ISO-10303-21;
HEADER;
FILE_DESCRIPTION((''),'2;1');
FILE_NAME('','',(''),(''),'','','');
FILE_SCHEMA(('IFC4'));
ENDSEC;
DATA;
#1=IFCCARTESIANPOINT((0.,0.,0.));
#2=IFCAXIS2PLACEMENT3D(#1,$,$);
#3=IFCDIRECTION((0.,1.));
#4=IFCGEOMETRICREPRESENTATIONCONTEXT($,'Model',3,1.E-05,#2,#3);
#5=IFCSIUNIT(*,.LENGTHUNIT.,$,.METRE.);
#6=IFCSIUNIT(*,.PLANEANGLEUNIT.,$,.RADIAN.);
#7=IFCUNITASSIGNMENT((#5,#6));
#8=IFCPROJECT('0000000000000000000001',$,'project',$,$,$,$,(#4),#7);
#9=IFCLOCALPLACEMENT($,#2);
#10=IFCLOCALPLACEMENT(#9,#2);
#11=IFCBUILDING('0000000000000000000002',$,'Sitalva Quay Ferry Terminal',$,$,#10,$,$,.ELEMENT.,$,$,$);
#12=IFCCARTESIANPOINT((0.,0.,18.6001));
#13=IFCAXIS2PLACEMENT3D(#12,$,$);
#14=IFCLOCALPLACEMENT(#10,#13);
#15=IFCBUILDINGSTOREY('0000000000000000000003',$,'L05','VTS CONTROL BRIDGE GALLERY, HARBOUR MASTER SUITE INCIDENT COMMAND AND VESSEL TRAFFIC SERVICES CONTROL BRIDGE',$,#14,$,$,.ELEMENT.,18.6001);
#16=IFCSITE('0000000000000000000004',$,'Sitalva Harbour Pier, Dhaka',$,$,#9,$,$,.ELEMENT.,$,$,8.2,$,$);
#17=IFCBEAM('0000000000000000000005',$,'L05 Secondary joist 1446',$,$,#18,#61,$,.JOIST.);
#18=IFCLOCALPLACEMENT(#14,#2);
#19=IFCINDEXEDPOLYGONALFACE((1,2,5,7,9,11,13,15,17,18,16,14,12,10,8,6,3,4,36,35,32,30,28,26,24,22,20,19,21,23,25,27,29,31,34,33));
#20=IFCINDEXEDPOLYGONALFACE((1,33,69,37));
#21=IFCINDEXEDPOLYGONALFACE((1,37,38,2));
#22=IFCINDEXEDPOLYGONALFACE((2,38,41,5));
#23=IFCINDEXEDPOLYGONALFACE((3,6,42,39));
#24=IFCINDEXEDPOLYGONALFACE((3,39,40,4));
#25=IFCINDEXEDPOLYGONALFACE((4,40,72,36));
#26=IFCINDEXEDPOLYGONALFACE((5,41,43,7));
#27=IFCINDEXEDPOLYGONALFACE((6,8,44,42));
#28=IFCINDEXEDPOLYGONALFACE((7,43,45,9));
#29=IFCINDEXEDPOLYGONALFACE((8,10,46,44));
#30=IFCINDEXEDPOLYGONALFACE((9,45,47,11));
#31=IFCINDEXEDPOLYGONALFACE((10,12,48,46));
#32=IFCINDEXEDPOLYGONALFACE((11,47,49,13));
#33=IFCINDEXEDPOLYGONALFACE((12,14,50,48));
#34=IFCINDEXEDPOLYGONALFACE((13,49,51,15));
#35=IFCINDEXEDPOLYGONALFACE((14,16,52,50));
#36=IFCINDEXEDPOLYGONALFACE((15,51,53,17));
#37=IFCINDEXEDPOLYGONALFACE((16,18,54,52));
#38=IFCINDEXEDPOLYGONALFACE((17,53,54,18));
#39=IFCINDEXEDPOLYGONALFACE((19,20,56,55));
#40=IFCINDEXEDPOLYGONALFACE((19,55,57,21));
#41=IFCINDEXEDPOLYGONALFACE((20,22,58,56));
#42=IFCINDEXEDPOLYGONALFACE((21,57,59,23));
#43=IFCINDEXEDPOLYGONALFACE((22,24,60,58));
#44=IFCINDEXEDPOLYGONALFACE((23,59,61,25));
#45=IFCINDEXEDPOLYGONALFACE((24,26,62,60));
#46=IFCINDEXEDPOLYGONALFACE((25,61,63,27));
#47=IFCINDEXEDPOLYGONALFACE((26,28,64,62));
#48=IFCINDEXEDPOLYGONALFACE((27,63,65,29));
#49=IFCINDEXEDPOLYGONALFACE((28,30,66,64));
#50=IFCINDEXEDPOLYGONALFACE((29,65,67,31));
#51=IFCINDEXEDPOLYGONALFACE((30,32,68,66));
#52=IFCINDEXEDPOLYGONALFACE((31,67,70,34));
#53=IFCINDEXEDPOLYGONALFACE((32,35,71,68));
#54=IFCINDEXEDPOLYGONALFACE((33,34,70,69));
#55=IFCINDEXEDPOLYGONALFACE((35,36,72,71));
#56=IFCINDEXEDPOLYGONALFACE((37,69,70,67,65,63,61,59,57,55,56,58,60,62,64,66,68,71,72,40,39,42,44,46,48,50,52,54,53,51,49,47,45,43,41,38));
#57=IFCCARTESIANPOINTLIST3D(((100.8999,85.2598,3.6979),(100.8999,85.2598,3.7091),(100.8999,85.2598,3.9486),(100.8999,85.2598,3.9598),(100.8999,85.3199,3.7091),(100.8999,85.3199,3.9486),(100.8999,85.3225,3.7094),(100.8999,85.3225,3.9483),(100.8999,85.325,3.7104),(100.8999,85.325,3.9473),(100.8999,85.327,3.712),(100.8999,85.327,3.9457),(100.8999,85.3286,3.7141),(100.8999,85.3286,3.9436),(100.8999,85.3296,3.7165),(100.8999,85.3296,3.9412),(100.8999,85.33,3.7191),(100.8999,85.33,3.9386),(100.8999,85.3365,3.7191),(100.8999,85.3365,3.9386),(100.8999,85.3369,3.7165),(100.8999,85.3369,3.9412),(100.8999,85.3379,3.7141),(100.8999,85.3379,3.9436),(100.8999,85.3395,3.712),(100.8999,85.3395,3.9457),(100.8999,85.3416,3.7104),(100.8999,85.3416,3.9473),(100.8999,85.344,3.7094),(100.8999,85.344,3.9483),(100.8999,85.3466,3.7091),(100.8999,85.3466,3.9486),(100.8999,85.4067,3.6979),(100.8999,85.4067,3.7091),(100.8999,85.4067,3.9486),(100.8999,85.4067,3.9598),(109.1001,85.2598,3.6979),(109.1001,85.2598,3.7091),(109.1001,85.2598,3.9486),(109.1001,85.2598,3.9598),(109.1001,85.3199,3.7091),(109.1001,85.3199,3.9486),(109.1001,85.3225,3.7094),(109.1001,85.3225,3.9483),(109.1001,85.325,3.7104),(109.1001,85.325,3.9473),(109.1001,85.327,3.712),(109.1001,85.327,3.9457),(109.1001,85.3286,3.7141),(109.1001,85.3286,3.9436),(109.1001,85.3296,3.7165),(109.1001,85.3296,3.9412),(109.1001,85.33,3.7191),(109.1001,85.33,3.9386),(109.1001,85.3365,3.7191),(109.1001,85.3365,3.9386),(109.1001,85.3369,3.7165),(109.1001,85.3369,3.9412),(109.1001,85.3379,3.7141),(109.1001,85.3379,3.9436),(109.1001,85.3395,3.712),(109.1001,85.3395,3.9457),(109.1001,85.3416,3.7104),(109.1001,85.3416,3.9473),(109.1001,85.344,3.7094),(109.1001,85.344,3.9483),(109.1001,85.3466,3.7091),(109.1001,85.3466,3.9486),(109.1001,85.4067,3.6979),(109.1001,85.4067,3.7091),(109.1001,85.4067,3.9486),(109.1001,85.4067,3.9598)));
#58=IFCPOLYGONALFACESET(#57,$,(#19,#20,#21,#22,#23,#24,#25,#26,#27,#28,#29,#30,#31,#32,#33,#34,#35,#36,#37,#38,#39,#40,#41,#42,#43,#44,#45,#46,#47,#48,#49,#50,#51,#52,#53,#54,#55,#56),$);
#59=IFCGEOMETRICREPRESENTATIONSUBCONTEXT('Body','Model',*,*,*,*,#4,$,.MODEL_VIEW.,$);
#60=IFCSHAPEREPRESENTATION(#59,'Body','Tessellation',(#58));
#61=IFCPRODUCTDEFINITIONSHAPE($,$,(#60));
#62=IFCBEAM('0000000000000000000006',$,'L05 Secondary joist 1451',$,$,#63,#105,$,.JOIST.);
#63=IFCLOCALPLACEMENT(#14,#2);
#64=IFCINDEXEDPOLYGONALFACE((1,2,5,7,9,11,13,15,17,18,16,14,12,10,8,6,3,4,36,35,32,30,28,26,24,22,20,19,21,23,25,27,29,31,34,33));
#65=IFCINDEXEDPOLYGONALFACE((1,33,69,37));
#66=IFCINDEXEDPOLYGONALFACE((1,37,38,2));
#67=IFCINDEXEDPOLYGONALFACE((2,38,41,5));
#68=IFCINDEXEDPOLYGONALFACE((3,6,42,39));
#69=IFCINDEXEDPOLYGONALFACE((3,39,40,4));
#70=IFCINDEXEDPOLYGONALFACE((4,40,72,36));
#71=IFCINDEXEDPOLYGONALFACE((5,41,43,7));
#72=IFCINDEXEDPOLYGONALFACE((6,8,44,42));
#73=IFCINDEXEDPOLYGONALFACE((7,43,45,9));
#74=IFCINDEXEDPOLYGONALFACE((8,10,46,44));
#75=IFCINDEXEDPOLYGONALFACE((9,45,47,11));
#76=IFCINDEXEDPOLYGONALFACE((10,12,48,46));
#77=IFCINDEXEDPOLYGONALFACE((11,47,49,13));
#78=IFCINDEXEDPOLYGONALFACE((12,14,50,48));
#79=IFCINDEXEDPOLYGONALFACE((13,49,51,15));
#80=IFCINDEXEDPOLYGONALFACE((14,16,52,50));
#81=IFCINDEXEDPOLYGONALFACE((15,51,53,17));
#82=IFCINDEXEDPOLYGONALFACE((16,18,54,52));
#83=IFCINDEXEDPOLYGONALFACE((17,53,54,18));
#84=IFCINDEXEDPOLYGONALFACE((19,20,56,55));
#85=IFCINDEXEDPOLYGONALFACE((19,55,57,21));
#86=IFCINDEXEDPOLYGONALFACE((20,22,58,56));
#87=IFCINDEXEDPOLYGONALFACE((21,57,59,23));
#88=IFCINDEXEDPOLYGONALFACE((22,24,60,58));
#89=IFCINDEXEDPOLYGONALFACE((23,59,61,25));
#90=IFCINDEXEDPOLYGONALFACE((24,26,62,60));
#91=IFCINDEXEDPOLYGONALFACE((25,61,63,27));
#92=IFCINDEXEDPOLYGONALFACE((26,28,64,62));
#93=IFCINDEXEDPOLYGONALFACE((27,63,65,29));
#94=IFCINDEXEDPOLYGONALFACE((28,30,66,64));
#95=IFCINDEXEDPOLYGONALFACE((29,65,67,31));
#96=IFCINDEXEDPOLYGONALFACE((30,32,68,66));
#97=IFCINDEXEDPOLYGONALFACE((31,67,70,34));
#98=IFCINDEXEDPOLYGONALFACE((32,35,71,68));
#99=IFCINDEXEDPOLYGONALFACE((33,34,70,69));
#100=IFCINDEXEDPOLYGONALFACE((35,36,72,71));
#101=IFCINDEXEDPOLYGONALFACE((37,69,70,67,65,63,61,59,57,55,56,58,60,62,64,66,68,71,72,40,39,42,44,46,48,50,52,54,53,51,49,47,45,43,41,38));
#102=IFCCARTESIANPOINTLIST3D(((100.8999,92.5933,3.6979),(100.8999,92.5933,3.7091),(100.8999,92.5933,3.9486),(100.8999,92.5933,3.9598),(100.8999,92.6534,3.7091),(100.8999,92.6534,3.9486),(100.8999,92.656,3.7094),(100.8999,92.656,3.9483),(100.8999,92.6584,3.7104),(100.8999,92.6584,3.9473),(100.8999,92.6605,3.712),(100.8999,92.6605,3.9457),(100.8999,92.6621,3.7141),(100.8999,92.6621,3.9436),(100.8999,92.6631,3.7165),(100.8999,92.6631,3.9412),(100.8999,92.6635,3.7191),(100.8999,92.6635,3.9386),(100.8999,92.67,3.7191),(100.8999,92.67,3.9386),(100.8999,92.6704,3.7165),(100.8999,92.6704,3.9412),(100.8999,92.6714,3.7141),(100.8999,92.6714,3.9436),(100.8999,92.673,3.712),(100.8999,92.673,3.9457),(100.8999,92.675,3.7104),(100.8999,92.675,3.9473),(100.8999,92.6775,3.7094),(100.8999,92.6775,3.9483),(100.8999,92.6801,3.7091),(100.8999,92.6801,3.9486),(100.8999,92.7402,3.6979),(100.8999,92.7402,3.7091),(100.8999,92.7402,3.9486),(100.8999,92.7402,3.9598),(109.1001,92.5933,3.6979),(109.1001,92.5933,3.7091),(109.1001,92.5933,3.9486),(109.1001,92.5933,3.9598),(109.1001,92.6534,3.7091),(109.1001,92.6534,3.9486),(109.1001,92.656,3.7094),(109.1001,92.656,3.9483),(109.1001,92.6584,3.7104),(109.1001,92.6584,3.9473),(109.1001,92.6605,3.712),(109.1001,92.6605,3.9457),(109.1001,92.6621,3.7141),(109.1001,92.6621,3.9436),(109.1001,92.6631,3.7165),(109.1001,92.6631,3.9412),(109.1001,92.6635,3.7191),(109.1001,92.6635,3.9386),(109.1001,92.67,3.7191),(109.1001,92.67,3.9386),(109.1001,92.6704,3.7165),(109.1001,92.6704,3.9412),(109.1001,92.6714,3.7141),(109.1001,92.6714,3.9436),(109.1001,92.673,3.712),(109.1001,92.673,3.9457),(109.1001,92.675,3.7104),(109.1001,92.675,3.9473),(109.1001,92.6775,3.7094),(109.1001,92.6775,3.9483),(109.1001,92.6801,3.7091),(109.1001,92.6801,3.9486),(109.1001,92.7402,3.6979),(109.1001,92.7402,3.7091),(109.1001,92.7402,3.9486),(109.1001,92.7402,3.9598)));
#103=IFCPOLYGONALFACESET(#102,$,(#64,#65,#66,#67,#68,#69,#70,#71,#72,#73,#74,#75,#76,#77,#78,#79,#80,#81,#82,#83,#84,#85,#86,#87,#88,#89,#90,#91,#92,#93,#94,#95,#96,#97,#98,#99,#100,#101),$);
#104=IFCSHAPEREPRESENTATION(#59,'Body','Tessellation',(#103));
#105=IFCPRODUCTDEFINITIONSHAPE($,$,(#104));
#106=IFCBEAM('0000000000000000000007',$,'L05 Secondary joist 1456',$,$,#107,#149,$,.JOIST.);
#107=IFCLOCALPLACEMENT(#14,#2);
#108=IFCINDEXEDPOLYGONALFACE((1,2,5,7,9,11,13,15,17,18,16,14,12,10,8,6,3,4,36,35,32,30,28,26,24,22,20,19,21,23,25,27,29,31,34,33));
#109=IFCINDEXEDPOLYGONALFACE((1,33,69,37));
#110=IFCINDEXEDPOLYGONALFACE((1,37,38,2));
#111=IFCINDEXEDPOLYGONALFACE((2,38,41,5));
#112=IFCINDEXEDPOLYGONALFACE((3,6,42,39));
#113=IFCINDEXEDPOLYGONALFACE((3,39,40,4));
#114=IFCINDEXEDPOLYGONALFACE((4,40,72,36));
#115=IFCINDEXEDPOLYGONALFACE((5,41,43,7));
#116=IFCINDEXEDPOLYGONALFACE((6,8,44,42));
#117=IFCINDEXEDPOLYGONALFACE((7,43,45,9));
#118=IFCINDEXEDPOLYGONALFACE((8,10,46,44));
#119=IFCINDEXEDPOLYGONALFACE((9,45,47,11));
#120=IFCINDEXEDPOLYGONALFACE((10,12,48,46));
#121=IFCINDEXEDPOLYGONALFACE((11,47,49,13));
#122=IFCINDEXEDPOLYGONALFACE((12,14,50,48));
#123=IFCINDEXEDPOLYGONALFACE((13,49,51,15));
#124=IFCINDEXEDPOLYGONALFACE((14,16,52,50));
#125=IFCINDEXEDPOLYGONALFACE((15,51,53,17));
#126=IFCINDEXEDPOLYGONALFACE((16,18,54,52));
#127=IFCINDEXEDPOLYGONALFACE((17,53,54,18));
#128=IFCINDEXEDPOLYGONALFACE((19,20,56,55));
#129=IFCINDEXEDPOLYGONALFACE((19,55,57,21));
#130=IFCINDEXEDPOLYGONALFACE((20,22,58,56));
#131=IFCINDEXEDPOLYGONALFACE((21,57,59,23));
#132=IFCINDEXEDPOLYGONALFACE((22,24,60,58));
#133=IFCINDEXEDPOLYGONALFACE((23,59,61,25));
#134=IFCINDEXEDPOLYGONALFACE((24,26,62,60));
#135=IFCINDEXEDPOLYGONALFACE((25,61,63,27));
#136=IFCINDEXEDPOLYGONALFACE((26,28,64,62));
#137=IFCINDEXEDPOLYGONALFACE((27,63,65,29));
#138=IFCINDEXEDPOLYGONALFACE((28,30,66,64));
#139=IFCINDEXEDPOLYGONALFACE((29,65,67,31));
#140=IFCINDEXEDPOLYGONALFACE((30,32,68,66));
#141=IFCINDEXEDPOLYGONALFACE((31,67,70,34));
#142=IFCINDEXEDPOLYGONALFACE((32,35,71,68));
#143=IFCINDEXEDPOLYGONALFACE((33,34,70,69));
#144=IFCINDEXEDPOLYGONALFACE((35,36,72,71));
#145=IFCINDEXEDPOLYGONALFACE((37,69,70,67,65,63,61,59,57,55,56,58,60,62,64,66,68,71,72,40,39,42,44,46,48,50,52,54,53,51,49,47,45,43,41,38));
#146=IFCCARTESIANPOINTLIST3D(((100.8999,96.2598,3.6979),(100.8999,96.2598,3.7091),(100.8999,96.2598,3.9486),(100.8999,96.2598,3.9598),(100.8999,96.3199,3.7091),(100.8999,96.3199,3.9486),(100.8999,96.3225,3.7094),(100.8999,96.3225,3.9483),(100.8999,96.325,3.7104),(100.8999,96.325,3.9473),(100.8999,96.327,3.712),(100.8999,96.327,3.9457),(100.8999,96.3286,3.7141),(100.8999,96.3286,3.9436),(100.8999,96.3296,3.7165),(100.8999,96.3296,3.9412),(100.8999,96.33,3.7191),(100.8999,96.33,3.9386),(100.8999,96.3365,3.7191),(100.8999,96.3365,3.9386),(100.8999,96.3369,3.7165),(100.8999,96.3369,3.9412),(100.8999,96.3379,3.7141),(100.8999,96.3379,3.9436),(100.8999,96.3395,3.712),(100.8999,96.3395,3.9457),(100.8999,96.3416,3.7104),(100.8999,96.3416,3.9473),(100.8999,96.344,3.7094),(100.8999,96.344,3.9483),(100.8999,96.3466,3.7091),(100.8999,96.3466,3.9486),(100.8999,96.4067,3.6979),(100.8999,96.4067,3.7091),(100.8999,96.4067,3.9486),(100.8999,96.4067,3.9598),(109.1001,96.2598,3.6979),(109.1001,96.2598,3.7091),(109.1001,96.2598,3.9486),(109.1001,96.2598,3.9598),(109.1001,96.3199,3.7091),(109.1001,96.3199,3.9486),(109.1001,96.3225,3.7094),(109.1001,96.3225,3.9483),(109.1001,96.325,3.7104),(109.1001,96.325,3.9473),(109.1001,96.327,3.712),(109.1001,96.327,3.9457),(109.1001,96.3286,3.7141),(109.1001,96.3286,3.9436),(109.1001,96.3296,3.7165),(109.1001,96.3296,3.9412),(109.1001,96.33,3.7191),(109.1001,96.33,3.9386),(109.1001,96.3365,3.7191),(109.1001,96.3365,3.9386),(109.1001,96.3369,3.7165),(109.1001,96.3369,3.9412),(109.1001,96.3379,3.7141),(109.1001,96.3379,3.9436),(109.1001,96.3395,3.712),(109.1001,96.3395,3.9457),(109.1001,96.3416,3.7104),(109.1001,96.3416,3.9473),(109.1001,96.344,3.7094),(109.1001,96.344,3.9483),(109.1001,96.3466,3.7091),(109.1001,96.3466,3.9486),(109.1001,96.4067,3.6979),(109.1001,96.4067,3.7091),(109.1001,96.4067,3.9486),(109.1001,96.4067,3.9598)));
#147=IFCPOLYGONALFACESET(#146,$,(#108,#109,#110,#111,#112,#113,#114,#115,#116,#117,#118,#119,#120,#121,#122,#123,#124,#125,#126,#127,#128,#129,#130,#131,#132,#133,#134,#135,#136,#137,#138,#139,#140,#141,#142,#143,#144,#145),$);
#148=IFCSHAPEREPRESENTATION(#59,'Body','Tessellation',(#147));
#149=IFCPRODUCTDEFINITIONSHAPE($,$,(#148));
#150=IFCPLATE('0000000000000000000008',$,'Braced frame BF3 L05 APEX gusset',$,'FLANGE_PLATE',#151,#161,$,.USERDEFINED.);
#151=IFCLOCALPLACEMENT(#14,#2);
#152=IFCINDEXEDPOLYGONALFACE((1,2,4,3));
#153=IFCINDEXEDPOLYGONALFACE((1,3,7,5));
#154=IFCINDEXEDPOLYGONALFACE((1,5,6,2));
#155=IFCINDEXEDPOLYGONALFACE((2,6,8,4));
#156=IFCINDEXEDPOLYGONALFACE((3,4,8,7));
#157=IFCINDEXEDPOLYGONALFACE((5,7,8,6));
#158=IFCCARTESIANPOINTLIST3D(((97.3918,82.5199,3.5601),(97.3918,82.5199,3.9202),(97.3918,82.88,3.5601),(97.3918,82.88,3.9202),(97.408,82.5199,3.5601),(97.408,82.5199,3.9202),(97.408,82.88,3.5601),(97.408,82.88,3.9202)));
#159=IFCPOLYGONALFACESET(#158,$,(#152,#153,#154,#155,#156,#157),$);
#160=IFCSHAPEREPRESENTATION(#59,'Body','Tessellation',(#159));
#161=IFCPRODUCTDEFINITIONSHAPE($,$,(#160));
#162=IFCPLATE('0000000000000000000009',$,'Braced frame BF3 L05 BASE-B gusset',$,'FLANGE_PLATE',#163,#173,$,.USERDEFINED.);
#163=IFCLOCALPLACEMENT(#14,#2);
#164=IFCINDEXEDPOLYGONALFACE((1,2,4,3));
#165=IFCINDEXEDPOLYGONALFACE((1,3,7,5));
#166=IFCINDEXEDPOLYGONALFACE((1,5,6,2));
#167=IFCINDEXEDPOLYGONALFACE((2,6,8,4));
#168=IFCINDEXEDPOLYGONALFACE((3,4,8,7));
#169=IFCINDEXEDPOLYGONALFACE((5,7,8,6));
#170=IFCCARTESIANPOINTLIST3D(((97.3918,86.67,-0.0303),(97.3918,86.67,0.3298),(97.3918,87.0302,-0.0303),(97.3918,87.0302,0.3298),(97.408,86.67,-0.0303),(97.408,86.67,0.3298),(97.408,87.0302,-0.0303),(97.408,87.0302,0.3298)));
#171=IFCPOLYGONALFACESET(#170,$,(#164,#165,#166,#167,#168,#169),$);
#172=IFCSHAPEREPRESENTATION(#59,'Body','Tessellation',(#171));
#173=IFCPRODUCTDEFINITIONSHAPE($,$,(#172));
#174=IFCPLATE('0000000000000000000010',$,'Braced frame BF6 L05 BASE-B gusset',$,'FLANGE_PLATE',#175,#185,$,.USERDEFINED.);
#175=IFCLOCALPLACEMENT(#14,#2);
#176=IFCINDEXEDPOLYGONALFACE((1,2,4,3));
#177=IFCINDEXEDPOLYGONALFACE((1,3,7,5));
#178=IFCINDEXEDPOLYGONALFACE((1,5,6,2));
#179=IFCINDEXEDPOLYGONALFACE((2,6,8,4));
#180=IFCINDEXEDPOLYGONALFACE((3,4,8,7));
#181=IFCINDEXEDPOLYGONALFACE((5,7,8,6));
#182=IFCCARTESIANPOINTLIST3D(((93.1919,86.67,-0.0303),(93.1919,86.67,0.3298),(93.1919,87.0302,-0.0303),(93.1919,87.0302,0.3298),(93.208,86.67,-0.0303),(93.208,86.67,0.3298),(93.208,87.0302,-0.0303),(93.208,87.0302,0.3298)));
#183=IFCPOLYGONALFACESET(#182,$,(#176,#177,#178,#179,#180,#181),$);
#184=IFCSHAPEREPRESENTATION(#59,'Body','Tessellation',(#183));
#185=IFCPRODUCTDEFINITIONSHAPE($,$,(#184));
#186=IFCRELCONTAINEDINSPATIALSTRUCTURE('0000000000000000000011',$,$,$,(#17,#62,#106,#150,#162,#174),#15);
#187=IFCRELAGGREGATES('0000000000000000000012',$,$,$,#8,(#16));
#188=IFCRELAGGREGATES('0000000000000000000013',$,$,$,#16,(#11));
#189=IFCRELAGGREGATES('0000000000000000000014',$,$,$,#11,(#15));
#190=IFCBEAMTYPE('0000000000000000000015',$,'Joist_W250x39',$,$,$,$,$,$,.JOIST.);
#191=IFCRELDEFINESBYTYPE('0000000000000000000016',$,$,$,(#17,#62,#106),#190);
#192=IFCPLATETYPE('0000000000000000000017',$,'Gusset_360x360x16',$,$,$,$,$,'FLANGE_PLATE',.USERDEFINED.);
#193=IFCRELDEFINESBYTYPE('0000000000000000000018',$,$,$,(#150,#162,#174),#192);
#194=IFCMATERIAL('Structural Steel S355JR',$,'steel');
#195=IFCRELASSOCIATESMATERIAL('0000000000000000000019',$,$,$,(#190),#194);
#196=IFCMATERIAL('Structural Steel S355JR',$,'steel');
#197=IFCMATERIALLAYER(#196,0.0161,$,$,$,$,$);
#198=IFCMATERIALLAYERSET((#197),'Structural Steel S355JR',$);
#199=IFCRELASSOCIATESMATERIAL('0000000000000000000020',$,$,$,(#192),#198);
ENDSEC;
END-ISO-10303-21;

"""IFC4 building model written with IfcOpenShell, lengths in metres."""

from ifc_helpers import new_model, si_unit, direction, frame, origin, origin_2d, place, context, subcontext, project, spatial, rectangle, i_section, extrude, material, layer, layer_set, material_profile, profile_set, type_object, element, save


model = new_model("IFC4")

# Units and contexts
model_context = context("Model", 3, precision=1e-05, world=origin(), true_north=direction((0.0, 1.0)))
body_context = subcontext(model_context, "Body", "Model", "MODEL_VIEW")
ifc_project = project(units=[si_unit("LENGTHUNIT", "METRE"), si_unit("PLANEANGLEUNIT", "RADIAN")], contexts=[model_context])

# Site, building, storey
site_placement = place(None, origin())
site = spatial("IfcSite", under=ifc_project, at=site_placement, Name="Sitalva Harbour Pier, Dhaka", CompositionType="ELEMENT", RefElevation=8.2)
building_placement = place(site_placement, origin())
building = spatial("IfcBuilding", under=site, at=building_placement, Name="Sitalva Quay Ferry Terminal", CompositionType="ELEMENT")
storey_placement = place(building_placement, frame((0.0, 0.0, 18.6001)))
storey = spatial("IfcBuildingStorey", under=building, at=storey_placement, Name="L05", Description="VTS CONTROL BRIDGE GALLERY, HARBOUR MASTER SUITE INCIDENT COMMAND AND VESSEL TRAFFIC SERVICES CONTROL BRIDGE", CompositionType="ELEMENT", Elevation=18.6001)

# Beams
ifc_material_1 = material(Name="Structural Steel S355JR", Category="steel")
ifc_material_profile_1 = material_profile(ifc_material_1, i_section(OverallWidth=0.147, OverallDepth=0.262, WebThickness=0.0066, FlangeThickness=0.0112, FilletRadius=0.01, at=origin_2d()), Name="W250x39")
ifc_profile_set_1 = profile_set([ifc_material_profile_1], Name="Structural Steel S355JR")
beam_type_1 = type_object("IfcBeamType", Name="Joist_W250x39", PredefinedType="JOIST", material=ifc_profile_set_1)
for number, where, z_axis, x_axis, name in (
    (1, (100.8999, 85.3333, 3.8289), (1.0, 0.0, 0.0), (0.0, 1.0, 0.0), "L05 Secondary joist 1446"),
    (2, (100.8999, 92.6667, 3.8289), (1.0, 0.0, 0.0), (0.0, 1.0, 0.0), "L05 Secondary joist 1451"),
    (3, (100.8999, 96.3333, 3.8289), (1.0, 0.0, 0.0), (0.0, 1.0, 0.0), "L05 Secondary joist 1456"),
):
    element("IfcBeam", number, at=place(storey_placement, frame(where, z_axis=z_axis, x_axis=x_axis)), inside=storey, type_object=beam_type_1, Name=name, PredefinedType="JOIST", context=body_context, shape_type="SweptSolid", body=[
        extrude(i_section(OverallWidth=0.147, OverallDepth=0.262, WebThickness=0.0066, FlangeThickness=0.0112, FilletRadius=0.01, at=origin_2d()), origin(), (0.0, 0.0, 1.0), 8.2002),
    ])

# Plates
ifc_material_2 = material(Name="Structural Steel S355JR", Category="steel")
ifc_layer_1 = layer(ifc_material_2, 0.0161)
ifc_layer_set_1 = layer_set([ifc_layer_1], Name="Structural Steel S355JR")
plate_type = type_object("IfcPlateType", Name="Gusset_360x360x16", ElementType="FLANGE_PLATE", PredefinedType="USERDEFINED", material=ifc_layer_set_1)
for number, where, z_axis, x_axis, name in (
    (4, (97.3999, 82.7, 3.5601), (0.0, 0.0, 1.0), (1.0, 0.0, 0.0), "Braced frame BF3 L05 APEX gusset"),
    (5, (97.3999, 86.8501, -0.0303), (0.0, 0.0, 1.0), (1.0, 0.0, 0.0), "Braced frame BF3 L05 BASE-B gusset"),
    (6, (93.2, 86.8501, -0.0303), (0.0, 0.0, 1.0), (1.0, 0.0, 0.0), "Braced frame BF6 L05 BASE-B gusset"),
):
    element("IfcPlate", number, at=place(storey_placement, frame(where, z_axis=z_axis, x_axis=x_axis)), inside=storey, type_object=plate_type, Name=name, ObjectType="FLANGE_PLATE", PredefinedType="USERDEFINED", context=body_context, shape_type="SweptSolid", body=[
        extrude(rectangle(XDim=0.0161, YDim=0.3601, at=origin_2d()), origin(), (0.0, 0.0, 1.0), 0.3601),
    ])

save(model, "model.ifc")
